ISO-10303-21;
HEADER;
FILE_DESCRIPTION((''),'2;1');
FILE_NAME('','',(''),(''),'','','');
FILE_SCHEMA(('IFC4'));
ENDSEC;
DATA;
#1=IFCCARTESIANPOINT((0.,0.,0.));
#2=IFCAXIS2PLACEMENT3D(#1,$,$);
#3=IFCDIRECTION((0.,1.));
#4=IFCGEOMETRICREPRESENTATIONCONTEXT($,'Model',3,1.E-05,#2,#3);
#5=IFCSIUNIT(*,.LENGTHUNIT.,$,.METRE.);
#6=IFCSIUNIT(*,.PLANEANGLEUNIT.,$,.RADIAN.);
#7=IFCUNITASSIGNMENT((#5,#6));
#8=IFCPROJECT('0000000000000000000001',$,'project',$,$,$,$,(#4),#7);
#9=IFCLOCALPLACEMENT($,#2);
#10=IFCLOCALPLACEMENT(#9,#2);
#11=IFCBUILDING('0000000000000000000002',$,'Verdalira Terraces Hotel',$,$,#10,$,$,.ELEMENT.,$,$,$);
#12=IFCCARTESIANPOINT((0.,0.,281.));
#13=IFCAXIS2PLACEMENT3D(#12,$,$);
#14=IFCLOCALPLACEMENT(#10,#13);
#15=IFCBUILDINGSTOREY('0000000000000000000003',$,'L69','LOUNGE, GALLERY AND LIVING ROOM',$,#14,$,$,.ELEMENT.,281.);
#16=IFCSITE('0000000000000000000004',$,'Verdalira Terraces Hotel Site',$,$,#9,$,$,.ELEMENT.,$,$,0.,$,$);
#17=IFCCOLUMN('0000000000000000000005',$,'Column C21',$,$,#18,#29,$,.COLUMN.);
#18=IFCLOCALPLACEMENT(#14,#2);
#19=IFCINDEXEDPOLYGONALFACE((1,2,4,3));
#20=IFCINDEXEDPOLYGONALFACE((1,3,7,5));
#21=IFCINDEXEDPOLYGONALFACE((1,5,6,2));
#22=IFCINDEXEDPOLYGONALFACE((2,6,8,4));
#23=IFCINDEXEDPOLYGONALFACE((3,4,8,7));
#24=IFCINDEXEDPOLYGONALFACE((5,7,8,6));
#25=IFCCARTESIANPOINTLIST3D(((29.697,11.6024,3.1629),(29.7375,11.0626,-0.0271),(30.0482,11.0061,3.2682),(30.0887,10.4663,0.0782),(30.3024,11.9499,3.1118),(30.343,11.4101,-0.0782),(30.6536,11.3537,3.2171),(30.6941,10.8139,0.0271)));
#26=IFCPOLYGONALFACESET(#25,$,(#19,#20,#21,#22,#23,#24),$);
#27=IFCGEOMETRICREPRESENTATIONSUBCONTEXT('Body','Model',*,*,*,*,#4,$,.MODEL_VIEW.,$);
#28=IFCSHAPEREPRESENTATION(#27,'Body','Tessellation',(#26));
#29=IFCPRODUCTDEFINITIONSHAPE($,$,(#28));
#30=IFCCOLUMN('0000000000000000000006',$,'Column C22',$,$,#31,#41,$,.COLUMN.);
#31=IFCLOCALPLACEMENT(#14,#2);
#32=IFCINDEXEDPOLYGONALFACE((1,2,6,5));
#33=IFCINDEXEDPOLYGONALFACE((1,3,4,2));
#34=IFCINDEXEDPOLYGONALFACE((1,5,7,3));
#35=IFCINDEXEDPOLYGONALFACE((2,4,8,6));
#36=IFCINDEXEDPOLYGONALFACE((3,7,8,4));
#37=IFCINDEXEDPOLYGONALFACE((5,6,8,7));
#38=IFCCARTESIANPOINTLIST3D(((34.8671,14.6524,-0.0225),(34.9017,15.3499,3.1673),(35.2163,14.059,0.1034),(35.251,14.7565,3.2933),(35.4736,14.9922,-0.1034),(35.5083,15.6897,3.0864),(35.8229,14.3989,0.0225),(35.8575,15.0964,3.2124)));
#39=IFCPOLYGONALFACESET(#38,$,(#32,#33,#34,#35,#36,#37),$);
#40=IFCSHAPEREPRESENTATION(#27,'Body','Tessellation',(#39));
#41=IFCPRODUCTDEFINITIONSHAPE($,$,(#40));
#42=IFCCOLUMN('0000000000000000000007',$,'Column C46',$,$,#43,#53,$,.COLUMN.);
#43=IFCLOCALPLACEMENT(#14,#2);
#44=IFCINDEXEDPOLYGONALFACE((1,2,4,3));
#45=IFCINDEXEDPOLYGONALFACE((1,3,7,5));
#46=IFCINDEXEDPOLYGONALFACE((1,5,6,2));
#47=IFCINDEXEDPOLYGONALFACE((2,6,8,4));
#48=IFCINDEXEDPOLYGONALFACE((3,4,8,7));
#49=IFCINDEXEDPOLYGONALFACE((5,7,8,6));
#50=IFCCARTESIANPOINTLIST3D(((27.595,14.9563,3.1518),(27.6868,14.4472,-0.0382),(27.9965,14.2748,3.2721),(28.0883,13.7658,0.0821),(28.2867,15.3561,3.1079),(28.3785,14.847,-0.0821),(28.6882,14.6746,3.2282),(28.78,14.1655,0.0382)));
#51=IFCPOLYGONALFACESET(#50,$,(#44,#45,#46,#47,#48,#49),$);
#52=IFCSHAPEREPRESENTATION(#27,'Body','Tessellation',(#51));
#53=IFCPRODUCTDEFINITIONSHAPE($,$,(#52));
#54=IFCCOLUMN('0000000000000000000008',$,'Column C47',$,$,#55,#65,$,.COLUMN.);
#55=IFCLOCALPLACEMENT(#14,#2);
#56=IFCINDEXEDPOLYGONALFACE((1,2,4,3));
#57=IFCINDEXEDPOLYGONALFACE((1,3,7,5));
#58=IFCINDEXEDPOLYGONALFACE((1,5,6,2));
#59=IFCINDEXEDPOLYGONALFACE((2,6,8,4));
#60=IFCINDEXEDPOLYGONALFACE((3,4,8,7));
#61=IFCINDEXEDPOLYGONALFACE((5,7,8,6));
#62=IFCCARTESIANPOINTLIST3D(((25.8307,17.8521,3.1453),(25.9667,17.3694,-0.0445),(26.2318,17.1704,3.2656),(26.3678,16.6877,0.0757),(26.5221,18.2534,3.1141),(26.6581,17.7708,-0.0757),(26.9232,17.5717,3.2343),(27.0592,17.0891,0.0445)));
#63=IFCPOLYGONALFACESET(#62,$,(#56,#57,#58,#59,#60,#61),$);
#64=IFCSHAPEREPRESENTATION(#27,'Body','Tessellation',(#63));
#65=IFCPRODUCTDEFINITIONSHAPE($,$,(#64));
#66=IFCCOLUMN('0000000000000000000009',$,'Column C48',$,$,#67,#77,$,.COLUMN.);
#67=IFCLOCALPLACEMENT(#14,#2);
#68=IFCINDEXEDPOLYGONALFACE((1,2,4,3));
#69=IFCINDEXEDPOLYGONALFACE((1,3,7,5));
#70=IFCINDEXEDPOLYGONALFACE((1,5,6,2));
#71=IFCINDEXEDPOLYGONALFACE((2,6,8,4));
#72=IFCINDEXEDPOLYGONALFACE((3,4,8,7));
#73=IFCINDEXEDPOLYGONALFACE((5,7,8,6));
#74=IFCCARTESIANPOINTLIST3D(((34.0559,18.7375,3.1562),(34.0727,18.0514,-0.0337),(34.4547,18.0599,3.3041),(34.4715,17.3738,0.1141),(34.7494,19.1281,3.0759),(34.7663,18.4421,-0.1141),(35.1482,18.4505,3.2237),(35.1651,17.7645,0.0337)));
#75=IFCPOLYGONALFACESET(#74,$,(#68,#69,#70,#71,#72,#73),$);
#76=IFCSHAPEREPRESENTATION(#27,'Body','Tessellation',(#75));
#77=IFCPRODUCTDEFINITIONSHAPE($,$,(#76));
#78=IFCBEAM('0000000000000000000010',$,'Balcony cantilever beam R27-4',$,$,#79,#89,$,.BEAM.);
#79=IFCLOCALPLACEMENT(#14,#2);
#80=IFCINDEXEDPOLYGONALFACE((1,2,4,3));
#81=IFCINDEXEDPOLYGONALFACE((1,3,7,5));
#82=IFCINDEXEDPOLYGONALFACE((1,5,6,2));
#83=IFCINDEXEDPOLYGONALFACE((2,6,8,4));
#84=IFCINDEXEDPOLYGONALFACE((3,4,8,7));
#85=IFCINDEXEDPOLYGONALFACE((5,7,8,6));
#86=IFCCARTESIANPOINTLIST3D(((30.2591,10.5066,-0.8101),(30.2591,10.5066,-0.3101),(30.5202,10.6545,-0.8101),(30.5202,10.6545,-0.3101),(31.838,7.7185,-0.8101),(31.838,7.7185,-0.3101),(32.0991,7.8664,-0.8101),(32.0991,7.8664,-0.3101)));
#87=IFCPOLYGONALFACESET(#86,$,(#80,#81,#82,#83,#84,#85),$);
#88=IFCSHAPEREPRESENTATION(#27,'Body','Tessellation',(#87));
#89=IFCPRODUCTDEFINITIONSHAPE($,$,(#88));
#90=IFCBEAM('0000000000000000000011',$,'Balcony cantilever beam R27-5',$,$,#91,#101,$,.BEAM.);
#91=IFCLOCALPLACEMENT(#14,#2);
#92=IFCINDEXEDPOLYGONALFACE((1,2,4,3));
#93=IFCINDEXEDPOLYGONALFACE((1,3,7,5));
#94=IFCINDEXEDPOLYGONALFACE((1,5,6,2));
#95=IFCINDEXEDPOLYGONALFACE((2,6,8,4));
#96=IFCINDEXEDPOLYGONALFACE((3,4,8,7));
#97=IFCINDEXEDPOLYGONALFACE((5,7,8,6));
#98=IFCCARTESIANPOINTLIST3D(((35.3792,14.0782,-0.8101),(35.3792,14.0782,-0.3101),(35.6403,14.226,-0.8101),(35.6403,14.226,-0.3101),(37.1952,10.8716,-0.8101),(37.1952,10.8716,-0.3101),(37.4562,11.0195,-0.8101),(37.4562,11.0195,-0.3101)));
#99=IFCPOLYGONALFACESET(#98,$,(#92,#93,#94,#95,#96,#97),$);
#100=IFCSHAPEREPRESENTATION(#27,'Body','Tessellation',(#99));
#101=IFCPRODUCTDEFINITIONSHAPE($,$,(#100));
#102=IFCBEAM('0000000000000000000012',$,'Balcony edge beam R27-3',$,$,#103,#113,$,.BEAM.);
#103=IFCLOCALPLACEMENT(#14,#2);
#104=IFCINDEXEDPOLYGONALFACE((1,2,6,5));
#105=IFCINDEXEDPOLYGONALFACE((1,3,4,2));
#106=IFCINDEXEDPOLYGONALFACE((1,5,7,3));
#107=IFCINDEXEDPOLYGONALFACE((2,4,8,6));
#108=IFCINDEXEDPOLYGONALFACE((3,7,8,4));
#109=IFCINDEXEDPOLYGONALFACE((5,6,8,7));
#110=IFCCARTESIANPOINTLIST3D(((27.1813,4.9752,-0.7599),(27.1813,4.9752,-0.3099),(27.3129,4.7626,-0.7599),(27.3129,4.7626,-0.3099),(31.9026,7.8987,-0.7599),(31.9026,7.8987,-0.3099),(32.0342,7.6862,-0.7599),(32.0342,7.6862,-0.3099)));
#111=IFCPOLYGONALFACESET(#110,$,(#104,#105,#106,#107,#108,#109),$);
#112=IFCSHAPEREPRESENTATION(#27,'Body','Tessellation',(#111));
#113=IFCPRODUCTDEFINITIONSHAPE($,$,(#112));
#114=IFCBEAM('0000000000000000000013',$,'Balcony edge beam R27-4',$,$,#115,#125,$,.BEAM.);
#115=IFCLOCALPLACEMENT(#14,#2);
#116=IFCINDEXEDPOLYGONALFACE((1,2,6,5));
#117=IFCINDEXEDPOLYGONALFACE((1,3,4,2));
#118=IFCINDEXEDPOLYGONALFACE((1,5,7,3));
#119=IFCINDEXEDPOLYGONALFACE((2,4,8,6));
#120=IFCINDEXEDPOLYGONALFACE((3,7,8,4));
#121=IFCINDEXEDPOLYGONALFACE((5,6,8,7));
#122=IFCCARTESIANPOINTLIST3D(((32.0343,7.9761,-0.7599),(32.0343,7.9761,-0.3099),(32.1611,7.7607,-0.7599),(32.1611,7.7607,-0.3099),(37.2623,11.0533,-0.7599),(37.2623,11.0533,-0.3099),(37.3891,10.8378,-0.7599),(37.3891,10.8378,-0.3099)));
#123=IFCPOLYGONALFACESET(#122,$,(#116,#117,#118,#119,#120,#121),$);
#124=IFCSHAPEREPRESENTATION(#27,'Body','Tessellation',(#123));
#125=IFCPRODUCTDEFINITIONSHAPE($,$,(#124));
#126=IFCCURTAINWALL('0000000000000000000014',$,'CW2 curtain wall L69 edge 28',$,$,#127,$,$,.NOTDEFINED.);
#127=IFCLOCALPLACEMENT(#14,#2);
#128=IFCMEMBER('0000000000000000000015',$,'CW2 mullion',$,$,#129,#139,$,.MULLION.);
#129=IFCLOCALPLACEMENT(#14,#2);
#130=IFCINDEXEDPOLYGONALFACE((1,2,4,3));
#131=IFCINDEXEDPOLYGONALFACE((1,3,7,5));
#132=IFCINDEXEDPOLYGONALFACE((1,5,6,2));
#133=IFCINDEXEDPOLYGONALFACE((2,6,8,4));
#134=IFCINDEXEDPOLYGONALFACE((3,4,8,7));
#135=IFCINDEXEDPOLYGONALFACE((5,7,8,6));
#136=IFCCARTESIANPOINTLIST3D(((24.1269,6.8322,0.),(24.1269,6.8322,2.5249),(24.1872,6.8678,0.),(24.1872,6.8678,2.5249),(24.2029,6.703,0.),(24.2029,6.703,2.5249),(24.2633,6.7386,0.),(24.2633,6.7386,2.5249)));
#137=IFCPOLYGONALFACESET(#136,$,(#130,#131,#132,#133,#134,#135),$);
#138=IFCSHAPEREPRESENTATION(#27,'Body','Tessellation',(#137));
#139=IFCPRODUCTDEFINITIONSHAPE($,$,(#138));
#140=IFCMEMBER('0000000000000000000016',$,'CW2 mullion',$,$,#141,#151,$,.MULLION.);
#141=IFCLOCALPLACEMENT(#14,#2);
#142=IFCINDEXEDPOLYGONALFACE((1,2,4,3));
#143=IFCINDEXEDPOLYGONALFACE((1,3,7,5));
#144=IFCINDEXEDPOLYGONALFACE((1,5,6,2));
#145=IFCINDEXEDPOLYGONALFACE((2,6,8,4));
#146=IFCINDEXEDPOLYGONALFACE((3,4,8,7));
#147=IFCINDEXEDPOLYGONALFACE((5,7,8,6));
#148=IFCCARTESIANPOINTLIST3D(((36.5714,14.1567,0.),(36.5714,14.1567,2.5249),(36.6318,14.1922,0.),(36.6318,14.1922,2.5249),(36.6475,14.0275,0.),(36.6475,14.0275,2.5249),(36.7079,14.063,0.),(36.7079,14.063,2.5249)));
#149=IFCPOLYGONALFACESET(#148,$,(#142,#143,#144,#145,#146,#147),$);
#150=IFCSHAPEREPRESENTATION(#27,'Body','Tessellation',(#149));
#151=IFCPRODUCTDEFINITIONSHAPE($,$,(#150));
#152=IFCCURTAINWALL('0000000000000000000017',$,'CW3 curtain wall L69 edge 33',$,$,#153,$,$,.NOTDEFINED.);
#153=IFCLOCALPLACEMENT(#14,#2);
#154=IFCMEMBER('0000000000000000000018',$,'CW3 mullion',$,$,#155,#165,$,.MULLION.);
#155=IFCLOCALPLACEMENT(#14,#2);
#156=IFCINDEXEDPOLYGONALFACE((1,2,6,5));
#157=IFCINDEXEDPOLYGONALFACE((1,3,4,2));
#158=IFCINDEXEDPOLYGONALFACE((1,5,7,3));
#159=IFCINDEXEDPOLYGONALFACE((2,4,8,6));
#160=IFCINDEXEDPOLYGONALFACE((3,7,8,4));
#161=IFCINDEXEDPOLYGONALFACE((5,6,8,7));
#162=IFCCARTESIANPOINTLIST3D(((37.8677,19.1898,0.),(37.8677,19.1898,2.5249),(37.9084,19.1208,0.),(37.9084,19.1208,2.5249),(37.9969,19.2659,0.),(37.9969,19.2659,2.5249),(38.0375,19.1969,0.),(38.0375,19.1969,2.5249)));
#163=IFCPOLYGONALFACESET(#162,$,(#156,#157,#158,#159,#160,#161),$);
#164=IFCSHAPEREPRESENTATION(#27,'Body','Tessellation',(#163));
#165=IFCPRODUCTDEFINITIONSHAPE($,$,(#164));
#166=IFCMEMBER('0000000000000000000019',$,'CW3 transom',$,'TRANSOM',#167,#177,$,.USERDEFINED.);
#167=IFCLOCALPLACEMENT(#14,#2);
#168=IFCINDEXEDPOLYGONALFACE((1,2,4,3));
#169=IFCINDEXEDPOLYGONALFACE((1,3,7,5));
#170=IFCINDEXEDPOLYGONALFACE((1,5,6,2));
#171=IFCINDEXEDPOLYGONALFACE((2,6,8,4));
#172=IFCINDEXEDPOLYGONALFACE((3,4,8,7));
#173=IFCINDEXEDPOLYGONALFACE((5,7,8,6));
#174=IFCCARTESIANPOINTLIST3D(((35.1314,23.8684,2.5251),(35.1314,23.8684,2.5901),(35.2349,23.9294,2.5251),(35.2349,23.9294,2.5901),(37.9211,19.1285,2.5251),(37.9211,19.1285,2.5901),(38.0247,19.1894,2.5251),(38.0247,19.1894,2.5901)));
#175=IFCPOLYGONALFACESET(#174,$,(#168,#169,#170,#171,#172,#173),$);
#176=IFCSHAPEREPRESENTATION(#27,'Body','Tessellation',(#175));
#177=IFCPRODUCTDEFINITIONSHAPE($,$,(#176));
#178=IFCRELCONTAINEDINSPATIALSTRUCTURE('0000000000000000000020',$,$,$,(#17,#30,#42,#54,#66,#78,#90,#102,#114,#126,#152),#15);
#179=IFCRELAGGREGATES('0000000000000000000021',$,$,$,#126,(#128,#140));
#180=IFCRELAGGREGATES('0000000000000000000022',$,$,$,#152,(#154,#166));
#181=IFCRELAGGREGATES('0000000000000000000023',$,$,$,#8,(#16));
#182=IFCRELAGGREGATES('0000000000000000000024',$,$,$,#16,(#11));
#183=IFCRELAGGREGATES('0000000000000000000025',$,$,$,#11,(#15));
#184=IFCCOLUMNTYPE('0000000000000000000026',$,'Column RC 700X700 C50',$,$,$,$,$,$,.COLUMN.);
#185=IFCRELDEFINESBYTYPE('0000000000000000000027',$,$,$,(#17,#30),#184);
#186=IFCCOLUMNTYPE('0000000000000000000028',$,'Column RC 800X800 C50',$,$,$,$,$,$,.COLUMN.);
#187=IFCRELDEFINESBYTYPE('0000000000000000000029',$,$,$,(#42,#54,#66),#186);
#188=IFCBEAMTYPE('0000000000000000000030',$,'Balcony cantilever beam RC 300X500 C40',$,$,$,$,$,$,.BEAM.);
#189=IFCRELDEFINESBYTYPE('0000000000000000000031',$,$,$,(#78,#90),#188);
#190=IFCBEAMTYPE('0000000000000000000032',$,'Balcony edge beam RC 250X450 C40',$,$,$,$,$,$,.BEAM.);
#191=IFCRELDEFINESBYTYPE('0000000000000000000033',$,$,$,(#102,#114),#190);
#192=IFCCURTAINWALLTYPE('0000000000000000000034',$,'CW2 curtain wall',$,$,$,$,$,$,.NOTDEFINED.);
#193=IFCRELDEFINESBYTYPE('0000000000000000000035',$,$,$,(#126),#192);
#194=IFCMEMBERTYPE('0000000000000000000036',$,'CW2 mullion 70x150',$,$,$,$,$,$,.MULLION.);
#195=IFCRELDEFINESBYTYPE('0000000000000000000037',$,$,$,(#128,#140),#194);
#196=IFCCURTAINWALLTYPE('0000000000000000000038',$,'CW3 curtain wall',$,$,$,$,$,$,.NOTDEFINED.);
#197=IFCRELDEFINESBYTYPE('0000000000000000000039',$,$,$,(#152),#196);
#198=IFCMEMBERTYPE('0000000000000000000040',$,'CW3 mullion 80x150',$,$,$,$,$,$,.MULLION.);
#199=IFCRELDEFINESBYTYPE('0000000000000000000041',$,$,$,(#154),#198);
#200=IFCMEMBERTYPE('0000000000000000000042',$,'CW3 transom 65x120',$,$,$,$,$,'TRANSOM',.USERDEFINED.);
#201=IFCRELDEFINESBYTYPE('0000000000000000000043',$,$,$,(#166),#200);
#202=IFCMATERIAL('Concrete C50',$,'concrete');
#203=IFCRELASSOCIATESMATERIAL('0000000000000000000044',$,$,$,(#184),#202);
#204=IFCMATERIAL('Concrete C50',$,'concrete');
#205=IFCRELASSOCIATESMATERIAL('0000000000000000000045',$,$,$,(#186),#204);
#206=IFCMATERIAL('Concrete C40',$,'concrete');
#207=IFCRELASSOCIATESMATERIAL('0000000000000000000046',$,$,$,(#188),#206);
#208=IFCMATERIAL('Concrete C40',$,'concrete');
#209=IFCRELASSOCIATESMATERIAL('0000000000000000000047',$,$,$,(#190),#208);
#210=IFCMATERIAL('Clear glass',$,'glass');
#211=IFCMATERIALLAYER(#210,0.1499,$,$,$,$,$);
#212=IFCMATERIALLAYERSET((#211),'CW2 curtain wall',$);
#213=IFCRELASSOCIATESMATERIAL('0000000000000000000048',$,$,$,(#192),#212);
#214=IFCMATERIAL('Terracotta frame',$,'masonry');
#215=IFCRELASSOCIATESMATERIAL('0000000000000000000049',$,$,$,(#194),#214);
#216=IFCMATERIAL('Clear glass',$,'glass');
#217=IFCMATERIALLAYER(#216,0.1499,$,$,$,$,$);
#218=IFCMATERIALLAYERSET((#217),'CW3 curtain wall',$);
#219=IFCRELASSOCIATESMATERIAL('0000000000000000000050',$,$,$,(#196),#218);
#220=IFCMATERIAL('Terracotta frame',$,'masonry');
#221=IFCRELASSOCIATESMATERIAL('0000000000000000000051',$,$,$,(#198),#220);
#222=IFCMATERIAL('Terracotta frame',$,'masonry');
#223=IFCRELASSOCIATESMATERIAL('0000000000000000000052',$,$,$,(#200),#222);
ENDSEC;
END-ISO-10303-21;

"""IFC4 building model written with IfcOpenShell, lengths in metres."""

from ifc_helpers import new_model, si_unit, direction, frame, origin, origin_2d, place, context, subcontext, project, spatial, rectangle, extrude, material, layer, layer_set, material_profile, profile_set, type_object, element, aggregate, save


model = new_model("IFC4")

# Units and contexts
model_context = context("Model", 3, precision=1e-05, world=origin(), true_north=direction((0.0, 1.0)))
body_context = subcontext(model_context, "Body", "Model", "MODEL_VIEW")
ifc_project = project(units=[si_unit("LENGTHUNIT", "METRE"), si_unit("PLANEANGLEUNIT", "RADIAN")], contexts=[model_context])

# Site, building, storey
site_placement = place(None, origin())
site = spatial("IfcSite", under=ifc_project, at=site_placement, Name="Verdalira Terraces Hotel Site", CompositionType="ELEMENT", RefElevation=0.0)
building_placement = place(site_placement, origin())
building = spatial("IfcBuilding", under=site, at=building_placement, Name="Verdalira Terraces Hotel", CompositionType="ELEMENT")
storey_placement = place(building_placement, frame((0.0, 0.0, 281.0)))
storey = spatial("IfcBuildingStorey", under=building, at=storey_placement, Name="L69", Description="LOUNGE, GALLERY AND LIVING ROOM", CompositionType="ELEMENT", Elevation=281.0)

# Columns
ifc_material_1 = material(Name="Concrete C50", Category="concrete")
ifc_material_profile_1 = material_profile(ifc_material_1, rectangle(XDim=0.7, YDim=0.7, at=origin_2d()), Name="RC 700X700")
ifc_profile_set_1 = profile_set([ifc_material_profile_1], Name="Concrete C50")
column_type_1 = type_object("IfcColumnType", Name="Column RC 700X700 C50", PredefinedType="COLUMN", material=ifc_profile_set_1)
column_1_placement = place(storey_placement, frame((30.2158, 10.9382, 0.0), z_axis=(-0.012526, 0.166833, 0.985906), x_axis=(0.86496, 0.4965, -0.073028)))
element("IfcColumn", 1, at=column_1_placement, inside=storey, type_object=column_type_1, Name="Column C21", PredefinedType="COLUMN", context=body_context, shape_type="SweptSolid", body=[
    extrude(rectangle(XDim=0.7, YDim=0.7, at=origin_2d()), origin(), (0.0, 0.0, 1.0), 3.2356),
])
column_2_placement = place(storey_placement, frame((35.345, 14.5256, 0.0), z_axis=(0.010616, 0.2136, 0.976863), x_axis=(0.866541, 0.485537, -0.115585)))
element("IfcColumn", 2, at=column_2_placement, inside=storey, type_object=column_type_1, Name="Column C22", PredefinedType="COLUMN", context=body_context, shape_type="SweptSolid", body=[
    extrude(rectangle(XDim=0.7, YDim=0.7, at=origin_2d()), origin(), (0.0, 0.0, 1.0), 3.2654),
])
ifc_material_2 = material(Name="Concrete C50", Category="concrete")
ifc_material_profile_2 = material_profile(ifc_material_2, rectangle(XDim=0.8, YDim=0.8, at=origin_2d()), Name="RC 800X800")
ifc_profile_set_2 = profile_set([ifc_material_profile_2], Name="Concrete C50")
column_type_2 = type_object("IfcColumnType", Name="Column RC 800X800 C50", PredefinedType="COLUMN", material=ifc_profile_set_2)
column_3_placement = place(storey_placement, frame((28.2334, 14.3064, 0.0), z_axis=(-0.028406, 0.157517, 0.987108), x_axis=(0.864479, 0.499667, -0.054857)))
element("IfcColumn", 3, at=column_3_placement, inside=storey, type_object=column_type_2, Name="Column C46", PredefinedType="COLUMN", context=body_context, shape_type="SweptSolid", body=[
    extrude(rectangle(XDim=0.8, YDim=0.8, at=origin_2d()), origin(), (0.0, 0.0, 1.0), 3.2317),
])
column_4_placement = place(storey_placement, frame((26.5129, 17.2292, 0.0), z_axis=(-0.042113, 0.149473, 0.987869), x_axis=(0.864195, 0.501638, -0.039062)))
element("IfcColumn", 4, at=column_4_placement, inside=storey, type_object=column_type_2, Name="Column C47", PredefinedType="COLUMN", context=body_context, shape_type="SweptSolid", body=[
    extrude(rectangle(XDim=0.8, YDim=0.8, at=origin_2d()), origin(), (0.0, 0.0, 1.0), 3.229),
])
column_5_placement = place(storey_placement, frame((34.6189, 17.908, 0.0), z_axis=(-0.005163, 0.210252, 0.977634), x_axis=(0.866886, 0.488284, -0.100433)))
element("IfcColumn", 5, at=column_5_placement, inside=storey, type_object=column_type_2, Name="Column C48", PredefinedType="COLUMN", context=body_context, shape_type="SweptSolid", body=[
    extrude(rectangle(XDim=0.8, YDim=0.8, at=origin_2d()), origin(), (0.0, 0.0, 1.0), 3.2629),
])

# Beams
ifc_material_3 = material(Name="Concrete C40", Category="concrete")
ifc_material_profile_3 = material_profile(ifc_material_3, rectangle(XDim=0.3, YDim=0.5, at=origin_2d()), Name="RC 300X500")
ifc_profile_set_3 = profile_set([ifc_material_profile_3], Name="Concrete C40")
beam_type_1 = type_object("IfcBeamType", Name="Balcony cantilever beam RC 300X500 C40", PredefinedType="BEAM", material=ifc_profile_set_3)
beam_1_placement = place(storey_placement, frame((30.3896, 10.5806, -0.5601), z_axis=(0.492763, -0.870164, 0.0), x_axis=(0.870164, 0.492763, 0.0)))
element("IfcBeam", 6, at=beam_1_placement, inside=storey, type_object=beam_type_1, Name="Balcony cantilever beam R27-4", PredefinedType="BEAM", context=body_context, shape_type="SweptSolid", body=[
    extrude(rectangle(XDim=0.3, YDim=0.5, at=origin_2d()), origin(), (0.0, 0.0, 1.0), 3.2041),
])
beam_2_placement = place(storey_placement, frame((35.5098, 14.1521, -0.5601), z_axis=(0.492782, -0.870153, 0.0), x_axis=(0.870153, 0.492782, 0.0)))
element("IfcBeam", 7, at=beam_2_placement, inside=storey, type_object=beam_type_1, Name="Balcony cantilever beam R27-5", PredefinedType="BEAM", context=body_context, shape_type="SweptSolid", body=[
    extrude(rectangle(XDim=0.3, YDim=0.5, at=origin_2d()), origin(), (0.0, 0.0, 1.0), 3.6851),
])
ifc_material_4 = material(Name="Concrete C40", Category="concrete")
ifc_material_profile_4 = material_profile(ifc_material_4, rectangle(XDim=0.25, YDim=0.45, at=origin_2d()), Name="RC 250X450")
ifc_profile_set_4 = profile_set([ifc_material_profile_4], Name="Concrete C40")
beam_type_2 = type_object("IfcBeamType", Name="Balcony edge beam RC 250X450 C40", PredefinedType="BEAM", material=ifc_profile_set_4)
beam_3_placement = place(storey_placement, frame((27.2471, 4.8689, -0.5349), z_axis=(0.850201, 0.526458, 0.0), x_axis=(-0.526458, 0.850201, 0.0)))
element("IfcBeam", 8, at=beam_3_placement, inside=storey, type_object=beam_type_2, Name="Balcony edge beam R27-3", PredefinedType="BEAM", context=body_context, shape_type="SweptSolid", body=[
    extrude(rectangle(XDim=0.25, YDim=0.45, at=origin_2d()), origin(), (0.0, 0.0, 1.0), 5.5532),
])
beam_4_placement = place(storey_placement, frame((32.0977, 7.8684, -0.5349), z_axis=(0.861802, 0.507245, 0.0), x_axis=(-0.507245, 0.861802, 0.0)))
element("IfcBeam", 9, at=beam_4_placement, inside=storey, type_object=beam_type_2, Name="Balcony edge beam R27-4", PredefinedType="BEAM", context=body_context, shape_type="SweptSolid", body=[
    extrude(rectangle(XDim=0.25, YDim=0.45, at=origin_2d()), origin(), (0.0, 0.0, 1.0), 6.0664),
])

# Curtain walls, members
ifc_material_5 = material(Name="Clear glass", Category="glass")
ifc_layer_1 = layer(ifc_material_5, 0.1499)
ifc_layer_set_1 = layer_set([ifc_layer_1], Name="CW2 curtain wall")
curtain_wall_type_1 = type_object("IfcCurtainWallType", Name="CW2 curtain wall", PredefinedType="NOTDEFINED", material=ifc_layer_set_1)
curtain_wall_1_placement = place(storey_placement, origin())
curtain_wall_1 = element("IfcCurtainWall", 10, at=curtain_wall_1_placement, inside=storey, type_object=curtain_wall_type_1, Name="CW2 curtain wall L69 edge 28", PredefinedType="NOTDEFINED")
ifc_material_6 = material(Name="Terracotta frame", Category="masonry")
ifc_material_profile_5 = material_profile(ifc_material_6, rectangle(XDim=0.0701, YDim=0.1499, at=origin_2d()), Name="MU 70x150")
ifc_profile_set_5 = profile_set([ifc_material_profile_5], Name="Terracotta frame")
member_type_1 = type_object("IfcMemberType", Name="CW2 mullion 70x150", PredefinedType="MULLION", material=ifc_profile_set_5)
member_1_placement = place(storey_placement, frame((24.1951, 6.7854, 0.0), z_axis=(0.0, 0.0, 1.0), x_axis=(0.861806, 0.507238, 0.0)))
member_1 = element("IfcMember", 11, at=member_1_placement, type_object=member_type_1, Name="CW2 mullion", PredefinedType="MULLION", context=body_context, shape_type="SweptSolid", body=[
    extrude(rectangle(XDim=0.0701, YDim=0.1499, at=origin_2d()), origin(), (0.0, 0.0, 1.0), 2.5249),
])
member_2_placement = place(storey_placement, frame((36.6396, 14.1099, 0.0), z_axis=(0.0, 0.0, 1.0), x_axis=(0.861806, 0.507238, 0.0)))
member_2 = element("IfcMember", 12, at=member_2_placement, type_object=member_type_1, Name="CW2 mullion", PredefinedType="MULLION", context=body_context, shape_type="SweptSolid", body=[
    extrude(rectangle(XDim=0.0701, YDim=0.1499, at=origin_2d()), origin(), (0.0, 0.0, 1.0), 2.5249),
])
ifc_material_7 = material(Name="Clear glass", Category="glass")
ifc_layer_2 = layer(ifc_material_7, 0.1499)
ifc_layer_set_2 = layer_set([ifc_layer_2], Name="CW3 curtain wall")
curtain_wall_type_2 = type_object("IfcCurtainWallType", Name="CW3 curtain wall", PredefinedType="NOTDEFINED", material=ifc_layer_set_2)
curtain_wall_2_placement = place(storey_placement, origin())
curtain_wall_2 = element("IfcCurtainWall", 13, at=curtain_wall_2_placement, inside=storey, type_object=curtain_wall_type_2, Name="CW3 curtain wall L69 edge 33", PredefinedType="NOTDEFINED")
ifc_material_8 = material(Name="Terracotta frame", Category="masonry")
ifc_material_profile_6 = material_profile(ifc_material_8, rectangle(XDim=0.0801, YDim=0.1499, at=origin_2d()), Name="MU 80x150")
ifc_profile_set_6 = profile_set([ifc_material_profile_6], Name="Terracotta frame")
member_type_2 = type_object("IfcMemberType", Name="CW3 mullion 80x150", PredefinedType="MULLION", material=ifc_profile_set_6)
member_3_placement = place(storey_placement, frame((37.9526, 19.1934, 0.0), z_axis=(0.0, 0.0, 1.0), x_axis=(-0.507238, 0.861806, 0.0)))
member_3 = element("IfcMember", 14, at=member_3_placement, type_object=member_type_2, Name="CW3 mullion", PredefinedType="MULLION", context=body_context, shape_type="SweptSolid", body=[
    extrude(rectangle(XDim=0.0801, YDim=0.1499, at=origin_2d()), origin(), (0.0, 0.0, 1.0), 2.5249),
])
ifc_material_9 = material(Name="Terracotta frame", Category="masonry")
ifc_material_profile_7 = material_profile(ifc_material_9, rectangle(XDim=0.1201, YDim=0.0649, at=origin_2d()), Name="TR 65x120")
ifc_profile_set_7 = profile_set([ifc_material_profile_7], Name="Terracotta frame")
member_type_3 = type_object("IfcMemberType", Name="CW3 transom 65x120", ElementType="TRANSOM", PredefinedType="USERDEFINED", material=ifc_profile_set_7)
member_4_placement = place(storey_placement, frame((37.9729, 19.1589, 2.5576), z_axis=(-0.507232, 0.86181, 0.0), x_axis=(-0.86181, -0.507232, 0.0)))
member_4 = element("IfcMember", 15, at=member_4_placement, type_object=member_type_3, Name="CW3 transom", ObjectType="TRANSOM", PredefinedType="USERDEFINED", context=body_context, shape_type="SweptSolid", body=[
    extrude(rectangle(XDim=0.1201, YDim=0.0649, at=origin_2d()), origin(), (0.0, 0.0, 1.0), 5.5),
])

aggregate(curtain_wall_1, [member_1, member_2])
aggregate(curtain_wall_2, [member_3, member_4])

save(model, "model.ifc")
